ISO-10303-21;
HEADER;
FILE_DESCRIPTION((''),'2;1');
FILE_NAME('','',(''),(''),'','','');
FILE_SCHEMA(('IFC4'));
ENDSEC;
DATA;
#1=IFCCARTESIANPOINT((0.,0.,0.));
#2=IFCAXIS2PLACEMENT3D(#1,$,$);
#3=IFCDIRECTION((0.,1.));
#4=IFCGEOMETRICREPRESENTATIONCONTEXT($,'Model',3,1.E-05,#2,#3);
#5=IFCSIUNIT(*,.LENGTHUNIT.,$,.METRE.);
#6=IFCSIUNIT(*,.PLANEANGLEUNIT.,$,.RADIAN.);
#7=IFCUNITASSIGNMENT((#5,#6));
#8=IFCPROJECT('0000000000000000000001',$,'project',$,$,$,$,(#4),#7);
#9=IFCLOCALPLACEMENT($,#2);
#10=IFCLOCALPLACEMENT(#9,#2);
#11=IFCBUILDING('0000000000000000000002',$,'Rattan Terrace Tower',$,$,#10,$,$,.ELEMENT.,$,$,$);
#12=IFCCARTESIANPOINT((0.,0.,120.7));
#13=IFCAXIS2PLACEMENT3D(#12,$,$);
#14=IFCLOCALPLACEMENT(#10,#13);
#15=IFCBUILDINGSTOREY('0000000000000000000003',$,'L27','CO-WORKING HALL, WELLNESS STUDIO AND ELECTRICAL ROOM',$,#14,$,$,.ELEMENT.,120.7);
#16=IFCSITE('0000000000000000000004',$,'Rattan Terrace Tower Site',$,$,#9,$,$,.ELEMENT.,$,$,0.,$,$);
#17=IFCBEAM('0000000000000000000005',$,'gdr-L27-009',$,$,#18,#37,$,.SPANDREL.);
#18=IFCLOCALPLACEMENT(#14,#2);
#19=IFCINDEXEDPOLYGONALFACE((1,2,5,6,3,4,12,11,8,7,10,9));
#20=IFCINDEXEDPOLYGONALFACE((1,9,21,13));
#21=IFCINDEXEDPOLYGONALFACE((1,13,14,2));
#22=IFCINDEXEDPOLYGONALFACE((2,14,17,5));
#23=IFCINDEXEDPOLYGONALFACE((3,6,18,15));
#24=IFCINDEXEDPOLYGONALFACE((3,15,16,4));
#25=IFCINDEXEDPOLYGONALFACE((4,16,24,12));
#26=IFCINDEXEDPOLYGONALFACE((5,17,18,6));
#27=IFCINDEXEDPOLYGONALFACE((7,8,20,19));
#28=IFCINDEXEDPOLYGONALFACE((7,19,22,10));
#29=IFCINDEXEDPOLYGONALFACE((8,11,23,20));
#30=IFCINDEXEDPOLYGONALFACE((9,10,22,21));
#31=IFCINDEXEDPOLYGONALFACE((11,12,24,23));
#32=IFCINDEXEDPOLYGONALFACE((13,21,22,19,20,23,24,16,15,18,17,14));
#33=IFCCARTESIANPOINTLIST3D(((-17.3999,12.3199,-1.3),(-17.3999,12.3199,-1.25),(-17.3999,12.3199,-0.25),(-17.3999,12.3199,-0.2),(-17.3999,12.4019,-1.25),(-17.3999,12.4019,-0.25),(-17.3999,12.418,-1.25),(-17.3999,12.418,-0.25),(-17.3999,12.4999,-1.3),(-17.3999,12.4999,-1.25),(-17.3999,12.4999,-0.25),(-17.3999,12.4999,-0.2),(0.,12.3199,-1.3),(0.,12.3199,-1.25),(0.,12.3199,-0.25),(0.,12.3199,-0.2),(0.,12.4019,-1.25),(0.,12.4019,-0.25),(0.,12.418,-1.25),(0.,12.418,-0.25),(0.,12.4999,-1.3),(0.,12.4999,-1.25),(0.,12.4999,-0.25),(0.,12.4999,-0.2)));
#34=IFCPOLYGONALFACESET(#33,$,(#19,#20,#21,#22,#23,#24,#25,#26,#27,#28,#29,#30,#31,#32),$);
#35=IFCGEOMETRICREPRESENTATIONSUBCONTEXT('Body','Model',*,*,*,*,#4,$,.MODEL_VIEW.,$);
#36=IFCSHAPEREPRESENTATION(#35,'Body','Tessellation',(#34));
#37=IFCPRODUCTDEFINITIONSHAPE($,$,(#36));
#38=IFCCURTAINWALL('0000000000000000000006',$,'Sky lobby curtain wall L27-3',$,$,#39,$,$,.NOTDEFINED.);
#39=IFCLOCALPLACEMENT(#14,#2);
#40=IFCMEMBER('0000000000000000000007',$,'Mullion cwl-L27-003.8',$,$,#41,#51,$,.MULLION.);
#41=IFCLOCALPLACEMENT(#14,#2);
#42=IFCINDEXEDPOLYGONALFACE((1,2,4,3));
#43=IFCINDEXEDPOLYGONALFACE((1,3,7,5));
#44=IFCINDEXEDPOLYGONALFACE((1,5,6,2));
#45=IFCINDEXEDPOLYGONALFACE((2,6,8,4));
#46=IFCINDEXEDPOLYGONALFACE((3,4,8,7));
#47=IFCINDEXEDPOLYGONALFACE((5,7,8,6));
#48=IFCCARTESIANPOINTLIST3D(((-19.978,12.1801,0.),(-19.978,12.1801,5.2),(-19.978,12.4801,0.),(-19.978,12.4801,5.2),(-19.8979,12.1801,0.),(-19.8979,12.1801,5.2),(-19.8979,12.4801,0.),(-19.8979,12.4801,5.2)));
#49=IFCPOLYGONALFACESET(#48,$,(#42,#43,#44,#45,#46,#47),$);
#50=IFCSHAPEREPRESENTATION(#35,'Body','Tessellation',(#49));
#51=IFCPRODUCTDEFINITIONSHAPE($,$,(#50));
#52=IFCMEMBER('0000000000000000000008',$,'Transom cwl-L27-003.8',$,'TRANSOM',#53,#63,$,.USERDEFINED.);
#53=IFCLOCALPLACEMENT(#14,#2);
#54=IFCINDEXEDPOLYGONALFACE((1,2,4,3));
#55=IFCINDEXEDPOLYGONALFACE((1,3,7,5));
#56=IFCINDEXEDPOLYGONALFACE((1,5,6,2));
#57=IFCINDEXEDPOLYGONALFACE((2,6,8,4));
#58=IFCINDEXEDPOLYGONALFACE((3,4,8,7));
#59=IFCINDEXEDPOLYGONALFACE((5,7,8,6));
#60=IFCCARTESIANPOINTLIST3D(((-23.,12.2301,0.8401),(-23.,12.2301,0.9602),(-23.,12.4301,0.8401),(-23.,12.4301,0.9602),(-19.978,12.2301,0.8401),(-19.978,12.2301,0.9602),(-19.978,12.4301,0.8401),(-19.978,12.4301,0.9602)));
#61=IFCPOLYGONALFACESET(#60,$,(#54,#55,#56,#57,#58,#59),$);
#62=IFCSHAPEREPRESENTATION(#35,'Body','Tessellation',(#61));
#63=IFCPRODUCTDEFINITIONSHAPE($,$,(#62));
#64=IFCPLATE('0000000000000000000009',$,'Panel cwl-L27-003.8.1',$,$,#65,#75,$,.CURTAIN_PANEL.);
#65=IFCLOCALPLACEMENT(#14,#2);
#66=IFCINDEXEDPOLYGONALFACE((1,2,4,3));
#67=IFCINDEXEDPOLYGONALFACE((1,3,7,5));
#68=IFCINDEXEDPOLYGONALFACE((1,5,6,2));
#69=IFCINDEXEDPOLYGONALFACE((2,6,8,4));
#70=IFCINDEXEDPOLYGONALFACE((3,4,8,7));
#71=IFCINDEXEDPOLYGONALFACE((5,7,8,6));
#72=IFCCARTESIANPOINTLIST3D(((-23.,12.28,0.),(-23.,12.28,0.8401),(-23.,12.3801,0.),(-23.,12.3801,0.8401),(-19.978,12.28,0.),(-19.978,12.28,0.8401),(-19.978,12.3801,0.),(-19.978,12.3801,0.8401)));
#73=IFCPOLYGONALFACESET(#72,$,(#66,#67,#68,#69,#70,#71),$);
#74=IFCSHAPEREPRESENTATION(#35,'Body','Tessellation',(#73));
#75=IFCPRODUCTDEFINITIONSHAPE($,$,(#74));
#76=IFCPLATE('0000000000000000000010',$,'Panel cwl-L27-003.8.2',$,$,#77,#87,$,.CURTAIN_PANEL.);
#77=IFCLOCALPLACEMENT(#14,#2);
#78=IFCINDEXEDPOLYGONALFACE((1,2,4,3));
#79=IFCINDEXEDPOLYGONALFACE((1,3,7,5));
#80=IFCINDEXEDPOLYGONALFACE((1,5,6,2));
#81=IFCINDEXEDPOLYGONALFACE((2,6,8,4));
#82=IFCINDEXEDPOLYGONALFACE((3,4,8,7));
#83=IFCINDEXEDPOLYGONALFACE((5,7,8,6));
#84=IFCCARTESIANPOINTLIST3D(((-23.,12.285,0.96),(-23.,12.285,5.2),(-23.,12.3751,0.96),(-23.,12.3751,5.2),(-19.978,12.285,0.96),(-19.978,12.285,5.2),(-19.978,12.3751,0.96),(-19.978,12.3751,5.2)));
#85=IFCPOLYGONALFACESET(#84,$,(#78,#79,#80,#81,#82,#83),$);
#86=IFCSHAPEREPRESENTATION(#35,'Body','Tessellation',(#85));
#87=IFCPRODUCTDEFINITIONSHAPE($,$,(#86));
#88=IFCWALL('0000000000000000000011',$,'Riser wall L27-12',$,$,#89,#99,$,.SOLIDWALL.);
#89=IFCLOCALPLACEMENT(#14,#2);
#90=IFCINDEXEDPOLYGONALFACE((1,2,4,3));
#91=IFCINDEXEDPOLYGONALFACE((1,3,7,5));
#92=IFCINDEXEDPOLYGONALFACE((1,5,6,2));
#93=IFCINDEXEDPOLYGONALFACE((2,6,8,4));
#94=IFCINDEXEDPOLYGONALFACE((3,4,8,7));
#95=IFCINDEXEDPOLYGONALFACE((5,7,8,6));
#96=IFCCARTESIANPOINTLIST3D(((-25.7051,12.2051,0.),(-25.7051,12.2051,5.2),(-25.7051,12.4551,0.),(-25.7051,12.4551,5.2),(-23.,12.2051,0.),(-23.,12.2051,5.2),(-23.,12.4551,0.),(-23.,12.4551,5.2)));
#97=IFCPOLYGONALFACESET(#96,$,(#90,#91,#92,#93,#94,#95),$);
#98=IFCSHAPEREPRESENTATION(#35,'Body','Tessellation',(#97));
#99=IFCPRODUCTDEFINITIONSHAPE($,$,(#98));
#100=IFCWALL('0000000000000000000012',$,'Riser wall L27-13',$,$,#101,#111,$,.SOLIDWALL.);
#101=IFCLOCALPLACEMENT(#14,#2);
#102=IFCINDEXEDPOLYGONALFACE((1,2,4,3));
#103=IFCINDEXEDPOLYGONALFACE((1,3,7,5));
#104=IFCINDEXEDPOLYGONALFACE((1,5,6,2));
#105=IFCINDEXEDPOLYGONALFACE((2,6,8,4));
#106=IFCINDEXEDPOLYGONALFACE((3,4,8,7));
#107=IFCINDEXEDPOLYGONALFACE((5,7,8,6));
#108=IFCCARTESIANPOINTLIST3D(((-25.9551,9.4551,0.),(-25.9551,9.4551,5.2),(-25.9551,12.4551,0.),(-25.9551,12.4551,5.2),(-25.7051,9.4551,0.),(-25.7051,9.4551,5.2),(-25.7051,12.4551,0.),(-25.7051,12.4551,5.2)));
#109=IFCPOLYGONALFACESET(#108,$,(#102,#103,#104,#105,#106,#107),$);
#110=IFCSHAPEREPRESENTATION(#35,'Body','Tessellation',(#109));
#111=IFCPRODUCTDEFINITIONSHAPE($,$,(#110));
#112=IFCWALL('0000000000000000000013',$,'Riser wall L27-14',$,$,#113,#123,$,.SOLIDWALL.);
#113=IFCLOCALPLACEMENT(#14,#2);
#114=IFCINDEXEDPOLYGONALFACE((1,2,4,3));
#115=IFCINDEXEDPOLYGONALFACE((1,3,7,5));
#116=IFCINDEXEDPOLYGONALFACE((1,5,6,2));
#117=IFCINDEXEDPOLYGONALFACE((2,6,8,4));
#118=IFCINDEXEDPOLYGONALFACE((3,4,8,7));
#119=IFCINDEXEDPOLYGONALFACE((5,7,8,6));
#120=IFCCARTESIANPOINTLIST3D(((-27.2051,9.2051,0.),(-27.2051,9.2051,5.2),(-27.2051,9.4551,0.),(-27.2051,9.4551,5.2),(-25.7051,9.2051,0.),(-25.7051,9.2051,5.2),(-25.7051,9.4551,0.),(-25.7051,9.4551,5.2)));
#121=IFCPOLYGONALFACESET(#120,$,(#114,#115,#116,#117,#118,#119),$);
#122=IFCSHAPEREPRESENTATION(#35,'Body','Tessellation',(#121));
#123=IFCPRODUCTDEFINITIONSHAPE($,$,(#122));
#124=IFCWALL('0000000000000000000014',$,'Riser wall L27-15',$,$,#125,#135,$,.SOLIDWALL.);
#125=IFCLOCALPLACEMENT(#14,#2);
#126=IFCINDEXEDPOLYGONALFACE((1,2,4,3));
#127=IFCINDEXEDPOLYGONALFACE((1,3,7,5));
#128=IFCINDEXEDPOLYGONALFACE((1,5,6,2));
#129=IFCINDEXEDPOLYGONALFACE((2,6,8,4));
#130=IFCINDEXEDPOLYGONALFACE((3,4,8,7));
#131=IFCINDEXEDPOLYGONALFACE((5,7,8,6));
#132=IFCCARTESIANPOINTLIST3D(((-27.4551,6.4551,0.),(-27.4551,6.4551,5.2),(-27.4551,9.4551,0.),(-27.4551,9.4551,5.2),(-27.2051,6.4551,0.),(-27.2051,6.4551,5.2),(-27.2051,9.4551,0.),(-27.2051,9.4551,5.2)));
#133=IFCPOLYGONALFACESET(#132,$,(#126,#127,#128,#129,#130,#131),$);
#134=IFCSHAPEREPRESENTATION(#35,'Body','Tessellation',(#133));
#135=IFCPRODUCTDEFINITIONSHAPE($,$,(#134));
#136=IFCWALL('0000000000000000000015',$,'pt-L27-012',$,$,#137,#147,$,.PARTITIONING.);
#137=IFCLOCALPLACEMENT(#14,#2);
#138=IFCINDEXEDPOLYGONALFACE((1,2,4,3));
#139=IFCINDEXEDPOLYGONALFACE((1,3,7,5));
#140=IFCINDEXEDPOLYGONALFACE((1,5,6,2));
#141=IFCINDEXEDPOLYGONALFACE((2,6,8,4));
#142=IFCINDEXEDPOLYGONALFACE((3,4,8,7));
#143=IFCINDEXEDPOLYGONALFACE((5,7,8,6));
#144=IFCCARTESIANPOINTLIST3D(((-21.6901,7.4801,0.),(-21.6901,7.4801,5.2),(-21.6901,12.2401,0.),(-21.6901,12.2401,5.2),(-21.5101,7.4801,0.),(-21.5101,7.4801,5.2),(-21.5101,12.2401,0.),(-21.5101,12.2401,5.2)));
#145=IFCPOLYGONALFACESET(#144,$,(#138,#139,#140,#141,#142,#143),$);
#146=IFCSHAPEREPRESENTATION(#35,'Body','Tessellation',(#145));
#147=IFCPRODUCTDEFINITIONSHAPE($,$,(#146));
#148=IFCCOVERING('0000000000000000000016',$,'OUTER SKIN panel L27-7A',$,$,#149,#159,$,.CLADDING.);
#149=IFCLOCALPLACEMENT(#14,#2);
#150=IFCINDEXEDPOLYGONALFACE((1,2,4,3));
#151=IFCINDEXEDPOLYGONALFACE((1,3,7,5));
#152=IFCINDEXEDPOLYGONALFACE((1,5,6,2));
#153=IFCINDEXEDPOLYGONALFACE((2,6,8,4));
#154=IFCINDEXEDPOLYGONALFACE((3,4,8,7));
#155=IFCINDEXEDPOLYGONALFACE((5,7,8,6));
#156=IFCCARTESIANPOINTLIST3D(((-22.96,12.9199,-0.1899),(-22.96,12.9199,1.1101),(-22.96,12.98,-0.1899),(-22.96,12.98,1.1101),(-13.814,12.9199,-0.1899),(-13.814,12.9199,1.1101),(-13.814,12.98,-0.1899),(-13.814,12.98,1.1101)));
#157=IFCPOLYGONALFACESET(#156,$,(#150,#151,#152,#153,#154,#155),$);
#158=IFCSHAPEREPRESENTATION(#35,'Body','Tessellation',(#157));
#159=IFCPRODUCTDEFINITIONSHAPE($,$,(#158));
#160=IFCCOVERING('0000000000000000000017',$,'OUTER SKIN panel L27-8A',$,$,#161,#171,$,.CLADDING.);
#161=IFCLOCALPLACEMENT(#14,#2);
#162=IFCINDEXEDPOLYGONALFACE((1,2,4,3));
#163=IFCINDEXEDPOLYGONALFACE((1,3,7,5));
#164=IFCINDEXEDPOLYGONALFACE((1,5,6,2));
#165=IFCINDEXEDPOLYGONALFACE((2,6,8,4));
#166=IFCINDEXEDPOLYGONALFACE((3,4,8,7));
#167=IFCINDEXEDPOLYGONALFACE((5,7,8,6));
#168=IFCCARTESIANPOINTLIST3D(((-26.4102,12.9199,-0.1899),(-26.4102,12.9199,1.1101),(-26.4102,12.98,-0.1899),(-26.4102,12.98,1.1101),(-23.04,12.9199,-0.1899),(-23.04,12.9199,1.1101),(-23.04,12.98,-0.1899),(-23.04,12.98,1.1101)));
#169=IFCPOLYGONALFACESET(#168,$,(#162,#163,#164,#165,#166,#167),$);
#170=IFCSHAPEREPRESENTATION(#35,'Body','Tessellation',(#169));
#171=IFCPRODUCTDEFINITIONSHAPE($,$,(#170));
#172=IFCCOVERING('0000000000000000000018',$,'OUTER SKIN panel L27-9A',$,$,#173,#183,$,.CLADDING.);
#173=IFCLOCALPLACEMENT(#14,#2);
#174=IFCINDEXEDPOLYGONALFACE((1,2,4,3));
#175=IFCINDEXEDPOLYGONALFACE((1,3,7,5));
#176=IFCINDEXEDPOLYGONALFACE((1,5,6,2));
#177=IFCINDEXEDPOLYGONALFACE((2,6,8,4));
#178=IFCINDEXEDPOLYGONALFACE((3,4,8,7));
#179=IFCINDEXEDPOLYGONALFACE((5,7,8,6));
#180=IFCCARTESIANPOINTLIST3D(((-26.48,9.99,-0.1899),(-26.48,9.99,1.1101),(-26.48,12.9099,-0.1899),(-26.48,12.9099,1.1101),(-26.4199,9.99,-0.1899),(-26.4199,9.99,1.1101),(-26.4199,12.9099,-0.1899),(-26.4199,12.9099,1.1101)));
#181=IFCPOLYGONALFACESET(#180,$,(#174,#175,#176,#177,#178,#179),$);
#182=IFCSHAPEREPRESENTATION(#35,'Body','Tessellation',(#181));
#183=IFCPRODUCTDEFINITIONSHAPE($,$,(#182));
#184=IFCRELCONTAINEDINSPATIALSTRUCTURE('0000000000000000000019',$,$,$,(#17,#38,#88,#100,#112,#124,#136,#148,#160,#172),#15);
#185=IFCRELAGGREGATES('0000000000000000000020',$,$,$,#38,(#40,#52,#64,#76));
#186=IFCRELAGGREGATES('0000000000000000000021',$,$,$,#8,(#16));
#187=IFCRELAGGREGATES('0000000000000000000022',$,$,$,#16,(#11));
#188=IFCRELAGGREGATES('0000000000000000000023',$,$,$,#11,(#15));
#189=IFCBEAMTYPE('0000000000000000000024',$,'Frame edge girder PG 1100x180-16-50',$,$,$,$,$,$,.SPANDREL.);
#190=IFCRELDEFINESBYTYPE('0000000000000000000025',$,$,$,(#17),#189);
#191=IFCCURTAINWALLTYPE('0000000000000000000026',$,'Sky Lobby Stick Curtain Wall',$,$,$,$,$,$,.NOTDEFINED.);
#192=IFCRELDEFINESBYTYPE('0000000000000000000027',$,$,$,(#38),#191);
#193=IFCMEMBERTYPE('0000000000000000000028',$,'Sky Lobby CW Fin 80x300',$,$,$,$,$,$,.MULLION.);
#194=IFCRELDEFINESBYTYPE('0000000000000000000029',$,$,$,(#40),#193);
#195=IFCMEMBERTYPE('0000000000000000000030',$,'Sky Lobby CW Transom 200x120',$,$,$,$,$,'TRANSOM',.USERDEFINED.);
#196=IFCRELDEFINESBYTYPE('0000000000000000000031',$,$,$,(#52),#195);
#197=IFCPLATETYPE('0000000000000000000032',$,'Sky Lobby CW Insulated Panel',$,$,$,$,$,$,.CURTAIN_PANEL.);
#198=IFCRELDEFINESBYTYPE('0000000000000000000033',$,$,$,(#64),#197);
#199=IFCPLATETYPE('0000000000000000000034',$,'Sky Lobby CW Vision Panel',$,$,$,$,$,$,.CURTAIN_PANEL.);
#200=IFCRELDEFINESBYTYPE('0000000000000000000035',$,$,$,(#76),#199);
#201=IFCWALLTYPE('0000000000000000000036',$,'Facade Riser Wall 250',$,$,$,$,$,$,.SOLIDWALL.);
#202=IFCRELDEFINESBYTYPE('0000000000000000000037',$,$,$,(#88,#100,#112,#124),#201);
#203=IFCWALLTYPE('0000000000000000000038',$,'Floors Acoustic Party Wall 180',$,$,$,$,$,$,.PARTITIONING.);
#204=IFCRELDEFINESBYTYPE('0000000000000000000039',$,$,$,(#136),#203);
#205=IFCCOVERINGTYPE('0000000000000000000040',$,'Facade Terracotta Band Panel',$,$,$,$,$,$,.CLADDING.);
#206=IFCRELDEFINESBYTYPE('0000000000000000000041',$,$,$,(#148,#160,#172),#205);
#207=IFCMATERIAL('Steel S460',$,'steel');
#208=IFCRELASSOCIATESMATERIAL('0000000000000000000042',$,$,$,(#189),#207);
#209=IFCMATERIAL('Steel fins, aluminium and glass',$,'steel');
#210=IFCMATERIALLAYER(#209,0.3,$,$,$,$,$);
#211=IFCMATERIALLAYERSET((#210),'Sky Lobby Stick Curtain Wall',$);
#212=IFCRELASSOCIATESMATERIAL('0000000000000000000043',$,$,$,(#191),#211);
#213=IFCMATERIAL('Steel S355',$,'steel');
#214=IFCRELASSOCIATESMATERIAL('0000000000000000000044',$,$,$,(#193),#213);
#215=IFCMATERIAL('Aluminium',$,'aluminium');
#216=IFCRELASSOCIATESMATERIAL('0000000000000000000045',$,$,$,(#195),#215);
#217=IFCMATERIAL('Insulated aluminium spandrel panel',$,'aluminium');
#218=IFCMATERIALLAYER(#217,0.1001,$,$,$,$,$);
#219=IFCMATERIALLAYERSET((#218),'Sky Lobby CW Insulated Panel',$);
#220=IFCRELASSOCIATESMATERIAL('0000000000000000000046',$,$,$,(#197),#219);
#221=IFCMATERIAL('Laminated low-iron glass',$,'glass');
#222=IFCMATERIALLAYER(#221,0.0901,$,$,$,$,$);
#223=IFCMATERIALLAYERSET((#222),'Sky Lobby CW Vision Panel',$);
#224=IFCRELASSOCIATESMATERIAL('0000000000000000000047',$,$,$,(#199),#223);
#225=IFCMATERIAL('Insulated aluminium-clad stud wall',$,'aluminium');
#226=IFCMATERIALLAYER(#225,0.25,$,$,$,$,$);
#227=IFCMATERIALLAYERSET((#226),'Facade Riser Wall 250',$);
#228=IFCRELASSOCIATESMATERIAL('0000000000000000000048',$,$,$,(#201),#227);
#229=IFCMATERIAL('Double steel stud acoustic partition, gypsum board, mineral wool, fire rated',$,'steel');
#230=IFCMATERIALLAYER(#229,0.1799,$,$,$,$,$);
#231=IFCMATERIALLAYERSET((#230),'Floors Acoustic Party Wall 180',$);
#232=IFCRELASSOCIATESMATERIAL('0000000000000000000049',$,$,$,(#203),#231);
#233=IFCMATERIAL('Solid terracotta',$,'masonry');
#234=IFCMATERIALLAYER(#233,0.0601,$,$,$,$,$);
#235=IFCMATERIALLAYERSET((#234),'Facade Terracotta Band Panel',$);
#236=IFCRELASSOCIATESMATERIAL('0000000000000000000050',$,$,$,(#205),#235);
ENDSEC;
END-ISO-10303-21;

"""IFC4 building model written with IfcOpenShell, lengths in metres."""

from ifc_helpers import new_model, si_unit, direction, frame, frame_2d, origin, origin_2d, place, context, subcontext, project, spatial, rectangle, i_section, extrude, material, layer, layer_set, material_profile, profile_set, type_object, element, aggregate, save


model = new_model("IFC4")

# Units and contexts
model_context = context("Model", 3, precision=1e-05, world=origin(), true_north=direction((0.0, 1.0)))
body_context = subcontext(model_context, "Body", "Model", "MODEL_VIEW")
ifc_project = project(units=[si_unit("LENGTHUNIT", "METRE"), si_unit("PLANEANGLEUNIT", "RADIAN")], contexts=[model_context])

# Site, building, storey
site_placement = place(None, origin())
site = spatial("IfcSite", under=ifc_project, at=site_placement, Name="Rattan Terrace Tower Site", CompositionType="ELEMENT", RefElevation=0.0)
building_placement = place(site_placement, origin())
building = spatial("IfcBuilding", under=site, at=building_placement, Name="Rattan Terrace Tower", CompositionType="ELEMENT")
storey_placement = place(building_placement, frame((0.0, 0.0, 120.7)))
storey = spatial("IfcBuildingStorey", under=building, at=storey_placement, Name="L27", Description="CO-WORKING HALL, WELLNESS STUDIO AND ELECTRICAL ROOM", CompositionType="ELEMENT", Elevation=120.7)

# Beam
ifc_material_1 = material(Name="Steel S460", Category="steel")
ifc_material_profile_1 = material_profile(ifc_material_1, i_section(OverallWidth=0.1799, OverallDepth=1.1001, WebThickness=0.0161, FlangeThickness=0.05, at=origin_2d()), Name="PG 1100x180-16-50")
ifc_profile_set_1 = profile_set([ifc_material_profile_1], Name="Steel S460")
beam_type = type_object("IfcBeamType", Name="Frame edge girder PG 1100x180-16-50", PredefinedType="SPANDREL", material=ifc_profile_set_1)
beam_placement = place(storey_placement, frame((-17.3999, 12.4099, -0.75), z_axis=(1.0, 0.0, 0.0), x_axis=(0.0, 1.0, 0.0)))
element("IfcBeam", 1, at=beam_placement, inside=storey, type_object=beam_type, Name="gdr-L27-009", PredefinedType="SPANDREL", context=body_context, shape_type="SweptSolid", body=[
    extrude(i_section(OverallWidth=0.1799, OverallDepth=1.1001, WebThickness=0.0161, FlangeThickness=0.05, at=origin_2d()), origin(), (0.0, 0.0, 1.0), 17.3999),
])

# Curtain wall, members, plates
ifc_material_2 = material(Name="Steel fins, aluminium and glass", Category="steel")
ifc_layer_1 = layer(ifc_material_2, 0.3)
ifc_layer_set_1 = layer_set([ifc_layer_1], Name="Sky Lobby Stick Curtain Wall")
curtain_wall_type = type_object("IfcCurtainWallType", Name="Sky Lobby Stick Curtain Wall", PredefinedType="NOTDEFINED", material=ifc_layer_set_1)
curtain_wall_placement = place(storey_placement, origin())
curtain_wall = element("IfcCurtainWall", 2, at=curtain_wall_placement, inside=storey, type_object=curtain_wall_type, Name="Sky lobby curtain wall L27-3", PredefinedType="NOTDEFINED")
ifc_material_3 = material(Name="Steel S355", Category="steel")
ifc_material_profile_2 = material_profile(ifc_material_3, rectangle(XDim=0.0801, YDim=0.3, at=origin_2d()), Name="Steel S355 80x300")
ifc_profile_set_2 = profile_set([ifc_material_profile_2], Name="Steel S355")
member_type_1 = type_object("IfcMemberType", Name="Sky Lobby CW Fin 80x300", PredefinedType="MULLION", material=ifc_profile_set_2)
member_1_placement = place(storey_placement, frame((-19.938, 12.3301, 0.0), z_axis=(0.0, 0.0, 1.0), x_axis=(-1.0, 0.0, 0.0)))
member_1 = element("IfcMember", 3, at=member_1_placement, type_object=member_type_1, Name="Mullion cwl-L27-003.8", PredefinedType="MULLION", context=body_context, shape_type="SweptSolid", body=[
    extrude(rectangle(XDim=0.0801, YDim=0.3, at=origin_2d()), origin(), (0.0, 0.0, 1.0), 5.2),
])
ifc_material_4 = material(Name="Aluminium", Category="aluminium")
ifc_material_profile_3 = material_profile(ifc_material_4, rectangle(XDim=0.2, YDim=0.1201, at=origin_2d()), Name="Aluminium 200x120")
ifc_profile_set_3 = profile_set([ifc_material_profile_3], Name="Aluminium")
member_type_2 = type_object("IfcMemberType", Name="Sky Lobby CW Transom 200x120", ElementType="TRANSOM", PredefinedType="USERDEFINED", material=ifc_profile_set_3)
member_2_placement = place(storey_placement, frame((-19.978, 12.3301, 0.9001), z_axis=(-1.0, 0.0, 0.0), x_axis=(0.0, -1.0, 0.0)))
member_2 = element("IfcMember", 4, at=member_2_placement, type_object=member_type_2, Name="Transom cwl-L27-003.8", ObjectType="TRANSOM", PredefinedType="USERDEFINED", context=body_context, shape_type="SweptSolid", body=[
    extrude(rectangle(XDim=0.2, YDim=0.1201, at=origin_2d()), origin(), (0.0, 0.0, 1.0), 3.022),
])
ifc_material_5 = material(Name="Insulated aluminium spandrel panel", Category="aluminium")
ifc_layer_2 = layer(ifc_material_5, 0.1001)
ifc_layer_set_2 = layer_set([ifc_layer_2], Name="Sky Lobby CW Insulated Panel")
plate_type_1 = type_object("IfcPlateType", Name="Sky Lobby CW Insulated Panel", PredefinedType="CURTAIN_PANEL", material=ifc_layer_set_2)
plate_1_placement = place(storey_placement, frame((-21.489, 12.3301, 0.0), z_axis=(0.0, 0.0, 1.0), x_axis=(-1.0, 0.0, 0.0)))
plate_1 = element("IfcPlate", 5, at=plate_1_placement, type_object=plate_type_1, Name="Panel cwl-L27-003.8.1", PredefinedType="CURTAIN_PANEL", context=body_context, shape_type="SweptSolid", body=[
    extrude(rectangle(XDim=3.022, YDim=0.1001, at=origin_2d()), origin(), (0.0, 0.0, 1.0), 0.8401),
])
ifc_material_6 = material(Name="Laminated low-iron glass", Category="glass")
ifc_layer_3 = layer(ifc_material_6, 0.0901)
ifc_layer_set_3 = layer_set([ifc_layer_3], Name="Sky Lobby CW Vision Panel")
plate_type_2 = type_object("IfcPlateType", Name="Sky Lobby CW Vision Panel", PredefinedType="CURTAIN_PANEL", material=ifc_layer_set_3)
plate_2_placement = place(storey_placement, frame((-21.489, 12.3301, 0.96), z_axis=(0.0, 0.0, 1.0), x_axis=(-1.0, 0.0, 0.0)))
plate_2 = element("IfcPlate", 6, at=plate_2_placement, type_object=plate_type_2, Name="Panel cwl-L27-003.8.2", PredefinedType="CURTAIN_PANEL", context=body_context, shape_type="SweptSolid", body=[
    extrude(rectangle(XDim=3.022, YDim=0.0901, at=origin_2d()), origin(), (0.0, 0.0, 1.0), 4.24),
])
aggregate(curtain_wall, [member_1, member_2, plate_1, plate_2])

# Walls
ifc_material_7 = material(Name="Insulated aluminium-clad stud wall", Category="aluminium")
ifc_layer_4 = layer(ifc_material_7, 0.25)
ifc_layer_set_4 = layer_set([ifc_layer_4], Name="Facade Riser Wall 250")
wall_type_1 = type_object("IfcWallType", Name="Facade Riser Wall 250", PredefinedType="SOLIDWALL", material=ifc_layer_set_4)
wall_1_placement = place(storey_placement, frame((-23.0, 12.3301, 0.0), z_axis=(0.0, 0.0, 1.0), x_axis=(-1.0, 0.0, 0.0)))
element("IfcWall", 7, at=wall_1_placement, inside=storey, type_object=wall_type_1, Name="Riser wall L27-12", PredefinedType="SOLIDWALL", context=body_context, shape_type="SweptSolid", body=[
    extrude(rectangle(XDim=2.7051, YDim=0.25, at=frame_2d((1.3525, 0.0))), origin(), (0.0, 0.0, 1.0), 5.2),
])
wall_2_placement = place(storey_placement, frame((-25.8301, 12.4551, 0.0), z_axis=(0.0, 0.0, 1.0), x_axis=(0.0, -1.0, 0.0)))
element("IfcWall", 8, at=wall_2_placement, inside=storey, type_object=wall_type_1, Name="Riser wall L27-13", PredefinedType="SOLIDWALL", context=body_context, shape_type="SweptSolid", body=[
    extrude(rectangle(XDim=3.0, YDim=0.25, at=frame_2d((1.5, 0.0))), origin(), (0.0, 0.0, 1.0), 5.2),
])
wall_3_placement = place(storey_placement, frame((-25.7051, 9.3301, 0.0), z_axis=(0.0, 0.0, 1.0), x_axis=(-1.0, 0.0, 0.0)))
element("IfcWall", 9, at=wall_3_placement, inside=storey, type_object=wall_type_1, Name="Riser wall L27-14", PredefinedType="SOLIDWALL", context=body_context, shape_type="SweptSolid", body=[
    extrude(rectangle(XDim=1.5, YDim=0.25, at=frame_2d((0.75, 0.0))), origin(), (0.0, 0.0, 1.0), 5.2),
])
wall_4_placement = place(storey_placement, frame((-27.3301, 9.4551, 0.0), z_axis=(0.0, 0.0, 1.0), x_axis=(0.0, -1.0, 0.0)))
element("IfcWall", 10, at=wall_4_placement, inside=storey, type_object=wall_type_1, Name="Riser wall L27-15", PredefinedType="SOLIDWALL", context=body_context, shape_type="SweptSolid", body=[
    extrude(rectangle(XDim=3.0, YDim=0.25, at=frame_2d((1.5, 0.0))), origin(), (0.0, 0.0, 1.0), 5.2),
])
ifc_material_8 = material(Name="Double steel stud acoustic partition, gypsum board, mineral wool, fire rated", Category="steel")
ifc_layer_5 = layer(ifc_material_8, 0.1799)
ifc_layer_set_5 = layer_set([ifc_layer_5], Name="Floors Acoustic Party Wall 180")
wall_type_2 = type_object("IfcWallType", Name="Floors Acoustic Party Wall 180", PredefinedType="PARTITIONING", material=ifc_layer_set_5)
wall_5_placement = place(storey_placement, frame((-21.6001, 12.24, 0.0), z_axis=(0.0, 0.0, 1.0), x_axis=(0.0, -1.0, 0.0)))
element("IfcWall", 11, at=wall_5_placement, inside=storey, type_object=wall_type_2, Name="pt-L27-012", PredefinedType="PARTITIONING", context=body_context, shape_type="SweptSolid", body=[
    extrude(rectangle(XDim=4.76, YDim=0.1799, at=frame_2d((2.3799, 0.0))), origin(), (0.0, 0.0, 1.0), 5.2),
])

# Coverings
ifc_material_9 = material(Name="Solid terracotta", Category="masonry")
ifc_layer_6 = layer(ifc_material_9, 0.0601)
ifc_layer_set_6 = layer_set([ifc_layer_6], Name="Facade Terracotta Band Panel")
covering_type_1 = type_object("IfcCoveringType", Name="Facade Terracotta Band Panel", PredefinedType="CLADDING", material=ifc_layer_set_6)
covering_1_placement = place(storey_placement, frame((-18.387, 12.95, -0.1899), z_axis=(0.0, 0.0, 1.0), x_axis=(-1.0, 0.0, 0.0)))
element("IfcCovering", 12, at=covering_1_placement, inside=storey, type_object=covering_type_1, Name="OUTER SKIN panel L27-7A", PredefinedType="CLADDING", context=body_context, shape_type="SweptSolid", body=[
    extrude(rectangle(XDim=9.146, YDim=0.0601, at=origin_2d()), origin(), (0.0, 0.0, 1.0), 1.3),
])
covering_2_placement = place(storey_placement, frame((-24.7251, 12.95, -0.1899), z_axis=(0.0, 0.0, 1.0), x_axis=(-1.0, 0.0, 0.0)))
element("IfcCovering", 13, at=covering_2_placement, inside=storey, type_object=covering_type_1, Name="OUTER SKIN panel L27-8A", PredefinedType="CLADDING", context=body_context, shape_type="SweptSolid", body=[
    extrude(rectangle(XDim=3.3701, YDim=0.0601, at=origin_2d()), origin(), (0.0, 0.0, 1.0), 1.3),
])
covering_3_placement = place(storey_placement, frame((-26.45, 11.45, -0.1899), z_axis=(0.0, 0.0, 1.0), x_axis=(0.0, -1.0, 0.0)))
element("IfcCovering", 14, at=covering_3_placement, inside=storey, type_object=covering_type_1, Name="OUTER SKIN panel L27-9A", PredefinedType="CLADDING", context=body_context, shape_type="SweptSolid", body=[
    extrude(rectangle(XDim=2.9199, YDim=0.0601, at=origin_2d()), origin(), (0.0, 0.0, 1.0), 1.3),
])

save(model, "model.ifc")
